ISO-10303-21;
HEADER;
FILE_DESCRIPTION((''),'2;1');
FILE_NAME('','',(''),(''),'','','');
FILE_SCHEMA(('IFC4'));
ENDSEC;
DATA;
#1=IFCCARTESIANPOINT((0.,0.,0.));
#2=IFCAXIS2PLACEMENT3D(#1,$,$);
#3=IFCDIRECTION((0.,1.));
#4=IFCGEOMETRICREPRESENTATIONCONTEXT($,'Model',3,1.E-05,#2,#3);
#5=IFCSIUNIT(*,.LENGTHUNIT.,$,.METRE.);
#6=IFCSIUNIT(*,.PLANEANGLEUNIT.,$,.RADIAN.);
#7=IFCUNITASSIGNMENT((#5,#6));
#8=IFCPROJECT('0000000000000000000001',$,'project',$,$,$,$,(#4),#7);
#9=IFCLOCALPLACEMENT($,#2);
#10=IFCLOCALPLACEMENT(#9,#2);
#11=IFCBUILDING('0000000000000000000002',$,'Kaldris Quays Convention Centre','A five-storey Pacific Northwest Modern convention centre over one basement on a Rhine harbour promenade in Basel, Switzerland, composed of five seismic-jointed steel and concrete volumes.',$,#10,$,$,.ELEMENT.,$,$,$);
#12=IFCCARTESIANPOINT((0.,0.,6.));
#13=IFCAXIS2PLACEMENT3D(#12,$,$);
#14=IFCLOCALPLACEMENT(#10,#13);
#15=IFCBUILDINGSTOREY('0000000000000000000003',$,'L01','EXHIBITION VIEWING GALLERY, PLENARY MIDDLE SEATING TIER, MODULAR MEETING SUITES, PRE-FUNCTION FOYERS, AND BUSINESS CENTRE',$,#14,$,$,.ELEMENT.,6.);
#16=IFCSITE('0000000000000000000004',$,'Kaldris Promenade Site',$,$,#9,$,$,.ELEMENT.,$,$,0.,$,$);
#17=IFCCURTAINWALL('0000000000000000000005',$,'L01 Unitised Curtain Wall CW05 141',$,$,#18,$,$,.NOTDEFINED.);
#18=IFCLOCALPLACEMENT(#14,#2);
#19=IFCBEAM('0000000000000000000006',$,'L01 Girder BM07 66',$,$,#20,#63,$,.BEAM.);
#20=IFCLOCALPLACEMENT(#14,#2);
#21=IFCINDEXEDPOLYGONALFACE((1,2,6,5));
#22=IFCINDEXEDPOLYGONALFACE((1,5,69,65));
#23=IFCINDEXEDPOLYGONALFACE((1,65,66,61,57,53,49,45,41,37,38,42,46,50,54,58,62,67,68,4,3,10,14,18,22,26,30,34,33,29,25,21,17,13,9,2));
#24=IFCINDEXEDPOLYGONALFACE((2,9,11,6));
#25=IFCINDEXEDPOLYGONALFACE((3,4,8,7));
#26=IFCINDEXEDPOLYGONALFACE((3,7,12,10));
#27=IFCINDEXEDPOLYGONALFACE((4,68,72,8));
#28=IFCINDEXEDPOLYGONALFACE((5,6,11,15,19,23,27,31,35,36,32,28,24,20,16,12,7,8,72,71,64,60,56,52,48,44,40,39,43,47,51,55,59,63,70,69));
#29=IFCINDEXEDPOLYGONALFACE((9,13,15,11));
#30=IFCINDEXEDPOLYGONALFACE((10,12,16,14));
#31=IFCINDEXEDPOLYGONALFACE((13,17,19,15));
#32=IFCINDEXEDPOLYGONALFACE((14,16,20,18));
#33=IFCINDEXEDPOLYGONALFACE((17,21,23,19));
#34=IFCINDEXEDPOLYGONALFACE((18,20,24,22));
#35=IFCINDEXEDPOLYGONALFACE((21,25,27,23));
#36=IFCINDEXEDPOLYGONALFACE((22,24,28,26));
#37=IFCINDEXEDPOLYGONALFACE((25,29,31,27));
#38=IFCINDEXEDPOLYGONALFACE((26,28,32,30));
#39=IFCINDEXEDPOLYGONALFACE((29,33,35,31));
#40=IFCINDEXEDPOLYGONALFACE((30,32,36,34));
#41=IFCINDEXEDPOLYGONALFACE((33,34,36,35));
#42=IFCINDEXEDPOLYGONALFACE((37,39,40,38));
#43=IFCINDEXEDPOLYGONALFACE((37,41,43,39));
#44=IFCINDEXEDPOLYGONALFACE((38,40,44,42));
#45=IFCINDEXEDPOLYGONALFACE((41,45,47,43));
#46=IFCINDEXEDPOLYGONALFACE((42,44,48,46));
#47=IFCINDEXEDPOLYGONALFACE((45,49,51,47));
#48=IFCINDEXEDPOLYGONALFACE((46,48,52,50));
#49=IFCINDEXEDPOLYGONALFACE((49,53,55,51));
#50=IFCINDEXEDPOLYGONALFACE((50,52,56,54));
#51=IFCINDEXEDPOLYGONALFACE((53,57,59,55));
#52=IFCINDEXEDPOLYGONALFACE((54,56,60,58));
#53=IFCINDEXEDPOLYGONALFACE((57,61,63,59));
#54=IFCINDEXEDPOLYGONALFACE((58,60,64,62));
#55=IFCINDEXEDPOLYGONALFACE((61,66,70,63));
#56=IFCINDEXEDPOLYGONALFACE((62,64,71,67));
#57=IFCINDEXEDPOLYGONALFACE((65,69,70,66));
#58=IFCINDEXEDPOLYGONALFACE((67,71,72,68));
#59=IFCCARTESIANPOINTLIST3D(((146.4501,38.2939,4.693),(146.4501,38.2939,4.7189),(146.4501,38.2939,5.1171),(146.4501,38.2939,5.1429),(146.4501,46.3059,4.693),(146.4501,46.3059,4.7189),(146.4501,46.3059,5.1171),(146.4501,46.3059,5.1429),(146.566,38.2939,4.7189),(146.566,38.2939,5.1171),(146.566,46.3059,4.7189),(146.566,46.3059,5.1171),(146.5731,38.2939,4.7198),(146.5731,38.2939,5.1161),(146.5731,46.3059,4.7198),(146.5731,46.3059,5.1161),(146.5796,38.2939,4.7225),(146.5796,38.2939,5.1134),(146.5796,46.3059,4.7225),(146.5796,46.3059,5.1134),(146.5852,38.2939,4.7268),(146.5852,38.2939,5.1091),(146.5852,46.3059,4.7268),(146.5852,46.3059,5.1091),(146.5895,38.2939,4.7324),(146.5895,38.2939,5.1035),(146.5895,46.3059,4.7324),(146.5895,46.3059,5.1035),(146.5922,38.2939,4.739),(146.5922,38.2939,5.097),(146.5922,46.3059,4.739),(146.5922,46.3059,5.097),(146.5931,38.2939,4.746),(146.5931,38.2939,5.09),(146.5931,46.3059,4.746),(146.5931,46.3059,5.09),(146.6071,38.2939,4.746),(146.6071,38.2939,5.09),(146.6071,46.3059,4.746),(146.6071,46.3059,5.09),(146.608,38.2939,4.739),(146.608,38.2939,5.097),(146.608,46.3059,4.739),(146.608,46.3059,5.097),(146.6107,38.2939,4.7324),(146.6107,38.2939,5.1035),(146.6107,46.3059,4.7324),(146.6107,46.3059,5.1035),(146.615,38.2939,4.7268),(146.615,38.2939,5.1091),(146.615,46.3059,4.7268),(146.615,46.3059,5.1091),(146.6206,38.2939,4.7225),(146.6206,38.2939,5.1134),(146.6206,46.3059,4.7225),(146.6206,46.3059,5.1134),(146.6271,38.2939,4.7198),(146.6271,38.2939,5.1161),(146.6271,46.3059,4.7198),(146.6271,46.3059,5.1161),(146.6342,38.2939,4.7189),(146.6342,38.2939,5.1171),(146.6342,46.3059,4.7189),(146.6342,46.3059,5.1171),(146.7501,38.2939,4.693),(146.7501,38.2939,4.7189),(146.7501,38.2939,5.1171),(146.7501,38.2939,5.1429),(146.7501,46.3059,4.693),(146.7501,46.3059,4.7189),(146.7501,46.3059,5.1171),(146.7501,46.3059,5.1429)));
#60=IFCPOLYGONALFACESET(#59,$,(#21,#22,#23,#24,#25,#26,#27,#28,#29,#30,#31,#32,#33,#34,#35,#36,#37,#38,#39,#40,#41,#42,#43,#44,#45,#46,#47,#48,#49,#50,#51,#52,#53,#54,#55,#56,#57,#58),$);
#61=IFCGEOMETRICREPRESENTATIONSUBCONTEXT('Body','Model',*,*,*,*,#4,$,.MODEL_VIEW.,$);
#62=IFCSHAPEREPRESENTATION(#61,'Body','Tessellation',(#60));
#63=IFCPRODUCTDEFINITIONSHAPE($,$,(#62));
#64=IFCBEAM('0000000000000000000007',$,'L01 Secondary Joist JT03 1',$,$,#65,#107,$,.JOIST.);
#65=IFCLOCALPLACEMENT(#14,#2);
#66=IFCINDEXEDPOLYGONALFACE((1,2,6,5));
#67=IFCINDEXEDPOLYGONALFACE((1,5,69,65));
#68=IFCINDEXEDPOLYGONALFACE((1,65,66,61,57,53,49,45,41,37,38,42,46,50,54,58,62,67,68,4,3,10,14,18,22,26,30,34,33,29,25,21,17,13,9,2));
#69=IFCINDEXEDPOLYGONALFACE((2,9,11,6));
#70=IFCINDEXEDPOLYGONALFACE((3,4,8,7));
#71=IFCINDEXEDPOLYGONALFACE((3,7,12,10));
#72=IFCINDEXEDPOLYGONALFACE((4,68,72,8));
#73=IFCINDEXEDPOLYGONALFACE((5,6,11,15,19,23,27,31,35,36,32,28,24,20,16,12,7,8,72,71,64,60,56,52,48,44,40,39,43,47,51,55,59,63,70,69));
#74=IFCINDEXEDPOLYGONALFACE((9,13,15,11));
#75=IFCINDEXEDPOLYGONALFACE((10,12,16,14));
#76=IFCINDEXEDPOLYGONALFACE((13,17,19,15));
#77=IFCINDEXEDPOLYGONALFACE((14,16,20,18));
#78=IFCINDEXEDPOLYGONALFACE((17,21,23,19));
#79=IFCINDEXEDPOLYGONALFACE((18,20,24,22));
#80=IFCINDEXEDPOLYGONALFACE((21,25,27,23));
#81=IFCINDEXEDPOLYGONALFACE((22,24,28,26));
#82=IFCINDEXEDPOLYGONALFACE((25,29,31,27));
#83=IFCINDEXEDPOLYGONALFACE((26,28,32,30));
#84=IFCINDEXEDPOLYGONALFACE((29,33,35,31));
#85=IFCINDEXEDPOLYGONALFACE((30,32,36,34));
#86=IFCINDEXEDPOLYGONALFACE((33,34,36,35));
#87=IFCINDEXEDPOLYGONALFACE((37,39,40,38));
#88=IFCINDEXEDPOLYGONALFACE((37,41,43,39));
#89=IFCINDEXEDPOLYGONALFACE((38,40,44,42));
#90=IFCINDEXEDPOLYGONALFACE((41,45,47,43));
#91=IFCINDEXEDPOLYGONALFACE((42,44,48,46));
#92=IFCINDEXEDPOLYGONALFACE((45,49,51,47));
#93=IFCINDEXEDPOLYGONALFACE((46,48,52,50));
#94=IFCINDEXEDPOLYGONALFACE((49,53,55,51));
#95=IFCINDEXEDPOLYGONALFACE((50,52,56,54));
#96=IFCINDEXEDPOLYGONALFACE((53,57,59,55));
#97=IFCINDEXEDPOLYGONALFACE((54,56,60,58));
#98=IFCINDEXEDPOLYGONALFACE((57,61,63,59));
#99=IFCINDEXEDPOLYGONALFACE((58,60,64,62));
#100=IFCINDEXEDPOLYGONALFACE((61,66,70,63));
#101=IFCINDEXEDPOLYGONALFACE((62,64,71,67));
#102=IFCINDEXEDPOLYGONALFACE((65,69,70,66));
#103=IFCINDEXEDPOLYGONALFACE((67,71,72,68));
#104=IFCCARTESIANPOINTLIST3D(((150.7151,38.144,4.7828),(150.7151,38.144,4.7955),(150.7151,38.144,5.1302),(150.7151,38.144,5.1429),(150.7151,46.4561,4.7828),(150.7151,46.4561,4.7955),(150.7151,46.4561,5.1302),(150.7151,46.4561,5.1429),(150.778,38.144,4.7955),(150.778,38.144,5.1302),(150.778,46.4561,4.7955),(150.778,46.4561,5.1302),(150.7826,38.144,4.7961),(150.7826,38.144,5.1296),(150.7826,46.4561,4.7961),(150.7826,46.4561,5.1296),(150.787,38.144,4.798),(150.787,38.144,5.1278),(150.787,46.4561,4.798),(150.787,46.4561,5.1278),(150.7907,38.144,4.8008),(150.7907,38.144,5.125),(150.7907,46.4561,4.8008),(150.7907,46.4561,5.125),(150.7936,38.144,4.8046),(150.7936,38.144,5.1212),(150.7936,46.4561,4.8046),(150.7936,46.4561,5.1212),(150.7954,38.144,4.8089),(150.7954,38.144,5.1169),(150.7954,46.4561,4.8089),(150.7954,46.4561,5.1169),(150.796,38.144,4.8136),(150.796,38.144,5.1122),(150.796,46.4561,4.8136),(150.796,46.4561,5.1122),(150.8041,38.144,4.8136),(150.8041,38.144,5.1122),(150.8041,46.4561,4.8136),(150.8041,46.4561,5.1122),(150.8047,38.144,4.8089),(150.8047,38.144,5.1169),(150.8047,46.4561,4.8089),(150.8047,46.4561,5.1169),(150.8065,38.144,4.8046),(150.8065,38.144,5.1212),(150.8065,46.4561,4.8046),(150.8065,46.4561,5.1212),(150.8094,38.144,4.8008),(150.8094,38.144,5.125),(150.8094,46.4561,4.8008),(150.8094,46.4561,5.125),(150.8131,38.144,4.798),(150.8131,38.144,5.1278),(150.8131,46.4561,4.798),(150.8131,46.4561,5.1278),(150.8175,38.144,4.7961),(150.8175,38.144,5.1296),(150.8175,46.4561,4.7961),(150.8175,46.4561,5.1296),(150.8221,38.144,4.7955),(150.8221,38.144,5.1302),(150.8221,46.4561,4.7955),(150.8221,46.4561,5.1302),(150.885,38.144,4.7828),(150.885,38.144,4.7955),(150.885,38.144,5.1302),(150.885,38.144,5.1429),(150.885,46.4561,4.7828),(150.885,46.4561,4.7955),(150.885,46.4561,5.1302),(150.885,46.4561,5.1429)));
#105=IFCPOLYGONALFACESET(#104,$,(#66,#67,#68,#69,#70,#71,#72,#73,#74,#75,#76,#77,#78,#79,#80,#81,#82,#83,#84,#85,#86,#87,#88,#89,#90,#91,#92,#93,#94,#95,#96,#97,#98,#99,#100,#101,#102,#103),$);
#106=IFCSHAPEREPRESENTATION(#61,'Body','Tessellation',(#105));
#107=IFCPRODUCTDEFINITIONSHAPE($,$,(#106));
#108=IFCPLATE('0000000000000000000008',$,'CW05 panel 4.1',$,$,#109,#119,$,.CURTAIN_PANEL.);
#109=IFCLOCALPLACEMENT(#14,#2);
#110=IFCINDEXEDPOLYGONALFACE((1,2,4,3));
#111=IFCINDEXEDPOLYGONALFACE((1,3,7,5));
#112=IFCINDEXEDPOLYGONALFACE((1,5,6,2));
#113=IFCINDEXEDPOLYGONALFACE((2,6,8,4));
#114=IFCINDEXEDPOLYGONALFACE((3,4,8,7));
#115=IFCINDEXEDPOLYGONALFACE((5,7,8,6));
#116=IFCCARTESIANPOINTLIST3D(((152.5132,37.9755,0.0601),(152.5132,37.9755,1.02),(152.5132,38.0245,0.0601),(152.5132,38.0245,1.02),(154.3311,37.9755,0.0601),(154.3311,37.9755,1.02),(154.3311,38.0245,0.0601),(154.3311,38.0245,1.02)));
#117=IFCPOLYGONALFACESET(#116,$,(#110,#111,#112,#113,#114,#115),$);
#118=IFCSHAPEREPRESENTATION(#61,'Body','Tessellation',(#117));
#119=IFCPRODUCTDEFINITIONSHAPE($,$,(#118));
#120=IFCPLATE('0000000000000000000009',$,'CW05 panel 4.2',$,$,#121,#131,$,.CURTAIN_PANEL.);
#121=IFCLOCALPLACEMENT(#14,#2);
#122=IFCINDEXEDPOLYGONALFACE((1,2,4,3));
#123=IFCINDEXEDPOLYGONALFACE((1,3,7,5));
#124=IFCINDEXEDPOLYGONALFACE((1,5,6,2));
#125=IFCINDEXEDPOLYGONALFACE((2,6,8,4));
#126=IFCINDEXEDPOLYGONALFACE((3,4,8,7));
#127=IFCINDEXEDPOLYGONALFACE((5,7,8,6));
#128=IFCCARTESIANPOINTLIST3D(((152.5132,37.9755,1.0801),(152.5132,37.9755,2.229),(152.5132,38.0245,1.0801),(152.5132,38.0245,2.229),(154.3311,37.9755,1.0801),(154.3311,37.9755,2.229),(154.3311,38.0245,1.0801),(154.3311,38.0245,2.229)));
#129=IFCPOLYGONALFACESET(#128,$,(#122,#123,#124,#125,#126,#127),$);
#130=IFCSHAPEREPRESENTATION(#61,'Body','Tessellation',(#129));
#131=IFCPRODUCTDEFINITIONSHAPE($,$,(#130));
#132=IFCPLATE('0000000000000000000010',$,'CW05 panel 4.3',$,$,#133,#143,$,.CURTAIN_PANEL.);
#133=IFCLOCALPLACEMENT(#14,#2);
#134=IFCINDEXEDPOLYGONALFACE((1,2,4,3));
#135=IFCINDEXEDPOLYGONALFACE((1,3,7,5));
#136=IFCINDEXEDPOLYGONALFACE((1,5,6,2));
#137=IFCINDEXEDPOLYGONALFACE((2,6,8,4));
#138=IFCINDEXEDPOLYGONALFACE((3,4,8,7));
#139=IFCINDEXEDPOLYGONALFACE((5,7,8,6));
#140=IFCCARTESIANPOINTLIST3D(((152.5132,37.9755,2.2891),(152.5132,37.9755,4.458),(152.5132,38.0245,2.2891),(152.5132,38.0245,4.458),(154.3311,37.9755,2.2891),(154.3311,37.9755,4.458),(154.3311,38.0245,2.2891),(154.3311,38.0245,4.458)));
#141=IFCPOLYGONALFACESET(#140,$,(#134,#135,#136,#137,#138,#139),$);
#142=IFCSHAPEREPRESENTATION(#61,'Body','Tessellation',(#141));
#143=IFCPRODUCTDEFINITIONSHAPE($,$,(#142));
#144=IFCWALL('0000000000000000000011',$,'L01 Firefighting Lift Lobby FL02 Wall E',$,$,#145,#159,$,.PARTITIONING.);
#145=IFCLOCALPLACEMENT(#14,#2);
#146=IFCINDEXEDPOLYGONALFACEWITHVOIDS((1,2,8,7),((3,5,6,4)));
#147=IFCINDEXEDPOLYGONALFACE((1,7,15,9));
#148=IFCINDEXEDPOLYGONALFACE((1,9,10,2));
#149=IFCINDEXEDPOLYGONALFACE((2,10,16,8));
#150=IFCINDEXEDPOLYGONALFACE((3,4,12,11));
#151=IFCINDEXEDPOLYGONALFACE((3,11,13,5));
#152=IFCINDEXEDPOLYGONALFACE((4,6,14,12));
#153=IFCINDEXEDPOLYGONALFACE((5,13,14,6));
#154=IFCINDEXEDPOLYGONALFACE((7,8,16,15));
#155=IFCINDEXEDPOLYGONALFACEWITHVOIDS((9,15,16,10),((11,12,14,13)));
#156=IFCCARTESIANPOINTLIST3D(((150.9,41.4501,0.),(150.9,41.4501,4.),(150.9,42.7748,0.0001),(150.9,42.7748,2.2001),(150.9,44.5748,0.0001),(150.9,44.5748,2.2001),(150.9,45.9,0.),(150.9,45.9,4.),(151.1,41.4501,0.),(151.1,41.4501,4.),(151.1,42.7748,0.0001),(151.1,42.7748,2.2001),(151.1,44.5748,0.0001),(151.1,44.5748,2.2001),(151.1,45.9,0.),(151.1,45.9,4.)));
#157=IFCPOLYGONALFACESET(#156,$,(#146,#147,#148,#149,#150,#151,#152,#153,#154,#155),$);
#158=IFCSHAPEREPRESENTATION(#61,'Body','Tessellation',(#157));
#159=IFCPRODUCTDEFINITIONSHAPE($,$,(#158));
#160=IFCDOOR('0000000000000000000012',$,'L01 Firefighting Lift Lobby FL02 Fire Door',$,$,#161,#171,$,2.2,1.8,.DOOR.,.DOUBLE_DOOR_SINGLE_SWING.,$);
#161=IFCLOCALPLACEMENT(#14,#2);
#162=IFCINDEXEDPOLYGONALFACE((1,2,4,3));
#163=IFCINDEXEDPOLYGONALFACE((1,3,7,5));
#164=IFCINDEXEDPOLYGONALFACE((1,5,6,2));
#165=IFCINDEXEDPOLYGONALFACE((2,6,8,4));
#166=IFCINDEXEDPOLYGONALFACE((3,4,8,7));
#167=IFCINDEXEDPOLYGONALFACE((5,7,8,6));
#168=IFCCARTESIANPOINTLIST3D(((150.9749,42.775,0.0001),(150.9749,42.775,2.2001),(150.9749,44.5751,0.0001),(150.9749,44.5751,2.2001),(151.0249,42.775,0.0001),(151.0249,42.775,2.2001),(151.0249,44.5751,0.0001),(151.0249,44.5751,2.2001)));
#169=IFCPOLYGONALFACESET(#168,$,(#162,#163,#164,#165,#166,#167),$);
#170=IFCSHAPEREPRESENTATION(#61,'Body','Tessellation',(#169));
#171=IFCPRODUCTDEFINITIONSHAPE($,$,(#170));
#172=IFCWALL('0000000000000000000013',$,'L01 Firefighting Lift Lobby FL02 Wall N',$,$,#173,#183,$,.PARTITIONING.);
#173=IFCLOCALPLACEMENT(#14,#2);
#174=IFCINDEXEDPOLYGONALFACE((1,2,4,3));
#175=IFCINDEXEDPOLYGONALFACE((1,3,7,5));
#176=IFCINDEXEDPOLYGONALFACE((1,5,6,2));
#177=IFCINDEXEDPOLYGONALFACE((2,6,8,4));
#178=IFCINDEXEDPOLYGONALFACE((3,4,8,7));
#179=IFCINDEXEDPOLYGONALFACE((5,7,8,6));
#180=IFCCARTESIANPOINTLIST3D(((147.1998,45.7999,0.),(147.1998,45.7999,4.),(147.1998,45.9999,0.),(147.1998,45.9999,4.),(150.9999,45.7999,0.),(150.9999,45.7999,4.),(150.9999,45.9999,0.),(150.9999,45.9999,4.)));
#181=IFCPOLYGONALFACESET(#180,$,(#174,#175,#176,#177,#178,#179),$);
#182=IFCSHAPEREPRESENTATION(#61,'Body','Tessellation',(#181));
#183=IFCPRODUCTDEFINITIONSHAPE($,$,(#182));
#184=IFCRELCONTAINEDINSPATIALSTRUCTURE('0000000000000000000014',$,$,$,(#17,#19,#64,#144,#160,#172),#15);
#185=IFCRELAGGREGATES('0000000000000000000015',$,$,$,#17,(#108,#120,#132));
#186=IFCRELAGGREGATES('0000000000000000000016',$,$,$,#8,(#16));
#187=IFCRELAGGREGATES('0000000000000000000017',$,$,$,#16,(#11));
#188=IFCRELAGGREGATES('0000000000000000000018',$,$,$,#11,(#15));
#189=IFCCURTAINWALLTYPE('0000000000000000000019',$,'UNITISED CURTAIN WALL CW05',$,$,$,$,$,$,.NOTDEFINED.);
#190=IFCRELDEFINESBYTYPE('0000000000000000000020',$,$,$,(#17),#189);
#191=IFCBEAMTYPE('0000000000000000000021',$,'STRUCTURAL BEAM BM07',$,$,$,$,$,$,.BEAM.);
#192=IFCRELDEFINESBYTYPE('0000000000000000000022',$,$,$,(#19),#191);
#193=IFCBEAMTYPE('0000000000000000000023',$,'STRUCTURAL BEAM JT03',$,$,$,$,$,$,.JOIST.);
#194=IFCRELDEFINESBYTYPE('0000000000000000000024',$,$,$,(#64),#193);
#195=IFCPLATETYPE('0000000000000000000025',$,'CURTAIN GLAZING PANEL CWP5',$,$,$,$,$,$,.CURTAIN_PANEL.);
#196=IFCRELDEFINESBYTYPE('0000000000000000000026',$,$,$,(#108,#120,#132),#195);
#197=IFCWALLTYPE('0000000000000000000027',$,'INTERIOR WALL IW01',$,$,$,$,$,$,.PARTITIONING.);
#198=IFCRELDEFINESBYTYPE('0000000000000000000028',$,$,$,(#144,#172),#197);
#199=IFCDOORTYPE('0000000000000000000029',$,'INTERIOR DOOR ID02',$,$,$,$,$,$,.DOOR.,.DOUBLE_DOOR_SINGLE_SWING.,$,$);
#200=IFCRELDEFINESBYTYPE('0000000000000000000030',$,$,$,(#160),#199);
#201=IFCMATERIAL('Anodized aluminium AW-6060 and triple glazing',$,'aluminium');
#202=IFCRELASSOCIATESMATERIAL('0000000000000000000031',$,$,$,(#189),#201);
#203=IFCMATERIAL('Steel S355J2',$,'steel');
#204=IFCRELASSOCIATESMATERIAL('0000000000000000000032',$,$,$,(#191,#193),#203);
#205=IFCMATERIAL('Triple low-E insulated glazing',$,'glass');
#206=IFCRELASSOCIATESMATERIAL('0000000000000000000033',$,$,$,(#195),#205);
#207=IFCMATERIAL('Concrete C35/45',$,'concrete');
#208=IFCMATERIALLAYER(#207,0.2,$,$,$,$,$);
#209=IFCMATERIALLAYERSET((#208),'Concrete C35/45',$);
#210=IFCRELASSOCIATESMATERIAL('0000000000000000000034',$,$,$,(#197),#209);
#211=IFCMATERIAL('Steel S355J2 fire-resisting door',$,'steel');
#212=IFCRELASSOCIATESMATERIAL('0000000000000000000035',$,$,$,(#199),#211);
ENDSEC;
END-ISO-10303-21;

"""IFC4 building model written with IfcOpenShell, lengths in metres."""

from ifc_helpers import new_model, si_unit, direction, frame, frame_2d, origin, origin_2d, place, context, subcontext, project, spatial, rectangle, i_section, extrude, material, layer, layer_set, material_profile, profile_set, type_object, element, fill, aggregate, save


model = new_model("IFC4")

# Units and contexts
model_context = context("Model", 3, precision=1e-05, world=origin(), true_north=direction((0.0, 1.0)))
body_context = subcontext(model_context, "Body", "Model", "MODEL_VIEW")
ifc_project = project(units=[si_unit("LENGTHUNIT", "METRE"), si_unit("PLANEANGLEUNIT", "RADIAN")], contexts=[model_context])

# Site, building, storey
site_placement = place(None, origin())
site = spatial("IfcSite", under=ifc_project, at=site_placement, Name="Kaldris Promenade Site", CompositionType="ELEMENT", RefElevation=0.0)
building_placement = place(site_placement, origin())
building = spatial("IfcBuilding", under=site, at=building_placement, Name="Kaldris Quays Convention Centre", Description="A five-storey Pacific Northwest Modern convention centre over one basement on a Rhine harbour promenade in Basel, Switzerland, composed of five seismic-jointed steel and concrete volumes.", CompositionType="ELEMENT")
storey_placement = place(building_placement, frame((0.0, 0.0, 6.0)))
storey = spatial("IfcBuildingStorey", under=building, at=storey_placement, Name="L01", Description="EXHIBITION VIEWING GALLERY, PLENARY MIDDLE SEATING TIER, MODULAR MEETING SUITES, PRE-FUNCTION FOYERS, AND BUSINESS CENTRE", CompositionType="ELEMENT", Elevation=6.0)

# Shared definitions
ifc_material_1 = material(Name="Steel S355J2", Category="steel")

# Curtain wall
ifc_material_2 = material(Name="Anodized aluminium AW-6060 and triple glazing", Category="aluminium")
curtain_wall_type = type_object("IfcCurtainWallType", Name="UNITISED CURTAIN WALL CW05", PredefinedType="NOTDEFINED", material=ifc_material_2)
curtain_wall_placement = place(storey_placement, origin())
curtain_wall = element("IfcCurtainWall", 1, at=curtain_wall_placement, inside=storey, type_object=curtain_wall_type, Name="L01 Unitised Curtain Wall CW05 141", PredefinedType="NOTDEFINED")

# Beams
ifc_material_profile_1 = material_profile(ifc_material_1, i_section(OverallWidth=0.3, OverallDepth=0.45, WebThickness=0.0139, FlangeThickness=0.0259, FilletRadius=0.0271, at=origin_2d()), Name="HEB 450")
ifc_profile_set_1 = profile_set([ifc_material_profile_1], Name="Steel S355J2")
beam_type_1 = type_object("IfcBeamType", Name="STRUCTURAL BEAM BM07", PredefinedType="BEAM", material=ifc_profile_set_1)
beam_1_placement = place(storey_placement, frame((146.6001, 38.2939, 4.918), z_axis=(0.0, 1.0, 0.0), x_axis=(-1.0, 0.0, 0.0)))
element("IfcBeam", 2, at=beam_1_placement, inside=storey, type_object=beam_type_1, Name="L01 Girder BM07 66", PredefinedType="BEAM", context=body_context, shape_type="SweptSolid", body=[
    extrude(i_section(OverallWidth=0.3, OverallDepth=0.45, WebThickness=0.0139, FlangeThickness=0.0259, FilletRadius=0.0271, at=origin_2d()), origin(), (0.0, 0.0, 1.0), 8.012),
])
ifc_material_profile_2 = material_profile(ifc_material_1, i_section(OverallWidth=0.1699, OverallDepth=0.3601, WebThickness=0.0081, FlangeThickness=0.0127, FilletRadius=0.0181, at=origin_2d()), Name="IPE 360")
ifc_profile_set_2 = profile_set([ifc_material_profile_2], Name="Steel S355J2")
beam_type_2 = type_object("IfcBeamType", Name="STRUCTURAL BEAM JT03", PredefinedType="JOIST", material=ifc_profile_set_2)
beam_2_placement = place(storey_placement, frame((150.8, 38.144, 4.9629), z_axis=(0.0, 1.0, 0.0), x_axis=(-1.0, 0.0, 0.0)))
element("IfcBeam", 3, at=beam_2_placement, inside=storey, type_object=beam_type_2, Name="L01 Secondary Joist JT03 1", PredefinedType="JOIST", context=body_context, shape_type="SweptSolid", body=[
    extrude(i_section(OverallWidth=0.1699, OverallDepth=0.3601, WebThickness=0.0081, FlangeThickness=0.0127, FilletRadius=0.0181, at=origin_2d()), origin(), (0.0, 0.0, 1.0), 8.312),
])

# Plates
ifc_material_3 = material(Name="Triple low-E insulated glazing", Category="glass")
plate_type = type_object("IfcPlateType", Name="CURTAIN GLAZING PANEL CWP5", PredefinedType="CURTAIN_PANEL", material=ifc_material_3)
plate_1_placement = place(storey_placement, frame((153.4221, 38.0, 0.0601), z_axis=(0.0, 0.0, 1.0), x_axis=(1.0, 0.0, 0.0)))
plate_1 = element("IfcPlate", 4, at=plate_1_placement, type_object=plate_type, Name="CW05 panel 4.1", PredefinedType="CURTAIN_PANEL", context=body_context, shape_type="SweptSolid", body=[
    extrude(rectangle(XDim=1.8179, YDim=0.0491, at=origin_2d()), origin(), (0.0, 0.0, 1.0), 0.96),
])
plate_2_placement = place(storey_placement, frame((153.4221, 38.0, 1.0801), z_axis=(0.0, 0.0, 1.0), x_axis=(1.0, 0.0, 0.0)))
plate_2 = element("IfcPlate", 5, at=plate_2_placement, type_object=plate_type, Name="CW05 panel 4.2", PredefinedType="CURTAIN_PANEL", context=body_context, shape_type="SweptSolid", body=[
    extrude(rectangle(XDim=1.8179, YDim=0.0491, at=origin_2d()), origin(), (0.0, 0.0, 1.0), 1.1489),
])
plate_3_placement = place(storey_placement, frame((153.4221, 38.0, 2.2891), z_axis=(0.0, 0.0, 1.0), x_axis=(1.0, 0.0, 0.0)))
plate_3 = element("IfcPlate", 6, at=plate_3_placement, type_object=plate_type, Name="CW05 panel 4.3", PredefinedType="CURTAIN_PANEL", context=body_context, shape_type="SweptSolid", body=[
    extrude(rectangle(XDim=1.8179, YDim=0.0491, at=origin_2d()), origin(), (0.0, 0.0, 1.0), 2.1689),
])
aggregate(curtain_wall, [plate_1, plate_2, plate_3])

# Wall, opening, door
ifc_material_4 = material(Name="Concrete C35/45", Category="concrete")
ifc_layer_1 = layer(ifc_material_4, 0.2)
ifc_layer_set_1 = layer_set([ifc_layer_1], Name="Concrete C35/45")
wall_type_1 = type_object("IfcWallType", Name="INTERIOR WALL IW01", PredefinedType="PARTITIONING", material=ifc_layer_set_1)
wall_1_placement = place(storey_placement, frame((151.0, 41.45, 0.0), z_axis=(0.0, 0.0, 1.0), x_axis=(0.0, 1.0, 0.0)))
wall_1 = element("IfcWall", 7, at=wall_1_placement, inside=storey, type_object=wall_type_1, Name="L01 Firefighting Lift Lobby FL02 Wall E", PredefinedType="PARTITIONING", context=body_context, shape_type="SweptSolid", body=[
    extrude(rectangle(XDim=4.45, YDim=0.2, at=frame_2d((2.2251, 0.0))), origin(), (0.0, 0.0, 1.0), 4.0),
])
opening_1_placement = place(wall_1_placement, frame((1.325, 0.0, 0.0)))
opening_1 = element("IfcOpeningElement", 8, at=opening_1_placement, cuts=wall_1, PredefinedType="OPENING", context=body_context, shape_type="SweptSolid", body=[
    extrude(rectangle(XDim=1.8, YDim=2.2, at=frame_2d((0.8999, 1.1001))), frame((0.0, 0.1099, 0.0), z_axis=(0.0, -1.0, 0.0), x_axis=(1.0, 0.0, 0.0)), (0.0, 0.0, 1.0), 0.22),
])
ifc_material_5 = material(Name="Steel S355J2 fire-resisting door", Category="steel")
door_type_1 = type_object("IfcDoorType", Name="INTERIOR DOOR ID02", OperationType="DOUBLE_DOOR_SINGLE_SWING", PredefinedType="DOOR", material=ifc_material_5)
door_1_placement = place(opening_1_placement, frame((1.8, 0.0, 0.0), z_axis=(0.0, 0.0, 1.0), x_axis=(-1.0, 0.0, 0.0)))
door_1 = element("IfcDoor", 9, at=door_1_placement, inside=storey, type_object=door_type_1, Name="L01 Firefighting Lift Lobby FL02 Fire Door", OperationType="DOUBLE_DOOR_SINGLE_SWING", OverallHeight=2.2, OverallWidth=1.8, PredefinedType="DOOR", context=body_context, shape_type="SweptSolid", body=[
    extrude(rectangle(XDim=1.8, YDim=2.2, at=frame_2d((0.8999, 1.1001))), frame((0.0, 0.0249, 0.0), z_axis=(0.0, -1.0, 0.0), x_axis=(1.0, 0.0, 0.0)), (0.0, 0.0, 1.0), 0.05),
])
fill(opening_1, door_1)

# Wall
wall_2_placement = place(storey_placement, frame((147.2, 45.8999, 0.0), z_axis=(0.0, 0.0, 1.0), x_axis=(1.0, 0.0, 0.0)))
element("IfcWall", 10, at=wall_2_placement, inside=storey, type_object=wall_type_1, Name="L01 Firefighting Lift Lobby FL02 Wall N", PredefinedType="PARTITIONING", context=body_context, shape_type="SweptSolid", body=[
    extrude(rectangle(XDim=3.8, YDim=0.2, at=frame_2d((1.8999, 0.0))), origin(), (0.0, 0.0, 1.0), 4.0),
])

save(model, "model.ifc")
